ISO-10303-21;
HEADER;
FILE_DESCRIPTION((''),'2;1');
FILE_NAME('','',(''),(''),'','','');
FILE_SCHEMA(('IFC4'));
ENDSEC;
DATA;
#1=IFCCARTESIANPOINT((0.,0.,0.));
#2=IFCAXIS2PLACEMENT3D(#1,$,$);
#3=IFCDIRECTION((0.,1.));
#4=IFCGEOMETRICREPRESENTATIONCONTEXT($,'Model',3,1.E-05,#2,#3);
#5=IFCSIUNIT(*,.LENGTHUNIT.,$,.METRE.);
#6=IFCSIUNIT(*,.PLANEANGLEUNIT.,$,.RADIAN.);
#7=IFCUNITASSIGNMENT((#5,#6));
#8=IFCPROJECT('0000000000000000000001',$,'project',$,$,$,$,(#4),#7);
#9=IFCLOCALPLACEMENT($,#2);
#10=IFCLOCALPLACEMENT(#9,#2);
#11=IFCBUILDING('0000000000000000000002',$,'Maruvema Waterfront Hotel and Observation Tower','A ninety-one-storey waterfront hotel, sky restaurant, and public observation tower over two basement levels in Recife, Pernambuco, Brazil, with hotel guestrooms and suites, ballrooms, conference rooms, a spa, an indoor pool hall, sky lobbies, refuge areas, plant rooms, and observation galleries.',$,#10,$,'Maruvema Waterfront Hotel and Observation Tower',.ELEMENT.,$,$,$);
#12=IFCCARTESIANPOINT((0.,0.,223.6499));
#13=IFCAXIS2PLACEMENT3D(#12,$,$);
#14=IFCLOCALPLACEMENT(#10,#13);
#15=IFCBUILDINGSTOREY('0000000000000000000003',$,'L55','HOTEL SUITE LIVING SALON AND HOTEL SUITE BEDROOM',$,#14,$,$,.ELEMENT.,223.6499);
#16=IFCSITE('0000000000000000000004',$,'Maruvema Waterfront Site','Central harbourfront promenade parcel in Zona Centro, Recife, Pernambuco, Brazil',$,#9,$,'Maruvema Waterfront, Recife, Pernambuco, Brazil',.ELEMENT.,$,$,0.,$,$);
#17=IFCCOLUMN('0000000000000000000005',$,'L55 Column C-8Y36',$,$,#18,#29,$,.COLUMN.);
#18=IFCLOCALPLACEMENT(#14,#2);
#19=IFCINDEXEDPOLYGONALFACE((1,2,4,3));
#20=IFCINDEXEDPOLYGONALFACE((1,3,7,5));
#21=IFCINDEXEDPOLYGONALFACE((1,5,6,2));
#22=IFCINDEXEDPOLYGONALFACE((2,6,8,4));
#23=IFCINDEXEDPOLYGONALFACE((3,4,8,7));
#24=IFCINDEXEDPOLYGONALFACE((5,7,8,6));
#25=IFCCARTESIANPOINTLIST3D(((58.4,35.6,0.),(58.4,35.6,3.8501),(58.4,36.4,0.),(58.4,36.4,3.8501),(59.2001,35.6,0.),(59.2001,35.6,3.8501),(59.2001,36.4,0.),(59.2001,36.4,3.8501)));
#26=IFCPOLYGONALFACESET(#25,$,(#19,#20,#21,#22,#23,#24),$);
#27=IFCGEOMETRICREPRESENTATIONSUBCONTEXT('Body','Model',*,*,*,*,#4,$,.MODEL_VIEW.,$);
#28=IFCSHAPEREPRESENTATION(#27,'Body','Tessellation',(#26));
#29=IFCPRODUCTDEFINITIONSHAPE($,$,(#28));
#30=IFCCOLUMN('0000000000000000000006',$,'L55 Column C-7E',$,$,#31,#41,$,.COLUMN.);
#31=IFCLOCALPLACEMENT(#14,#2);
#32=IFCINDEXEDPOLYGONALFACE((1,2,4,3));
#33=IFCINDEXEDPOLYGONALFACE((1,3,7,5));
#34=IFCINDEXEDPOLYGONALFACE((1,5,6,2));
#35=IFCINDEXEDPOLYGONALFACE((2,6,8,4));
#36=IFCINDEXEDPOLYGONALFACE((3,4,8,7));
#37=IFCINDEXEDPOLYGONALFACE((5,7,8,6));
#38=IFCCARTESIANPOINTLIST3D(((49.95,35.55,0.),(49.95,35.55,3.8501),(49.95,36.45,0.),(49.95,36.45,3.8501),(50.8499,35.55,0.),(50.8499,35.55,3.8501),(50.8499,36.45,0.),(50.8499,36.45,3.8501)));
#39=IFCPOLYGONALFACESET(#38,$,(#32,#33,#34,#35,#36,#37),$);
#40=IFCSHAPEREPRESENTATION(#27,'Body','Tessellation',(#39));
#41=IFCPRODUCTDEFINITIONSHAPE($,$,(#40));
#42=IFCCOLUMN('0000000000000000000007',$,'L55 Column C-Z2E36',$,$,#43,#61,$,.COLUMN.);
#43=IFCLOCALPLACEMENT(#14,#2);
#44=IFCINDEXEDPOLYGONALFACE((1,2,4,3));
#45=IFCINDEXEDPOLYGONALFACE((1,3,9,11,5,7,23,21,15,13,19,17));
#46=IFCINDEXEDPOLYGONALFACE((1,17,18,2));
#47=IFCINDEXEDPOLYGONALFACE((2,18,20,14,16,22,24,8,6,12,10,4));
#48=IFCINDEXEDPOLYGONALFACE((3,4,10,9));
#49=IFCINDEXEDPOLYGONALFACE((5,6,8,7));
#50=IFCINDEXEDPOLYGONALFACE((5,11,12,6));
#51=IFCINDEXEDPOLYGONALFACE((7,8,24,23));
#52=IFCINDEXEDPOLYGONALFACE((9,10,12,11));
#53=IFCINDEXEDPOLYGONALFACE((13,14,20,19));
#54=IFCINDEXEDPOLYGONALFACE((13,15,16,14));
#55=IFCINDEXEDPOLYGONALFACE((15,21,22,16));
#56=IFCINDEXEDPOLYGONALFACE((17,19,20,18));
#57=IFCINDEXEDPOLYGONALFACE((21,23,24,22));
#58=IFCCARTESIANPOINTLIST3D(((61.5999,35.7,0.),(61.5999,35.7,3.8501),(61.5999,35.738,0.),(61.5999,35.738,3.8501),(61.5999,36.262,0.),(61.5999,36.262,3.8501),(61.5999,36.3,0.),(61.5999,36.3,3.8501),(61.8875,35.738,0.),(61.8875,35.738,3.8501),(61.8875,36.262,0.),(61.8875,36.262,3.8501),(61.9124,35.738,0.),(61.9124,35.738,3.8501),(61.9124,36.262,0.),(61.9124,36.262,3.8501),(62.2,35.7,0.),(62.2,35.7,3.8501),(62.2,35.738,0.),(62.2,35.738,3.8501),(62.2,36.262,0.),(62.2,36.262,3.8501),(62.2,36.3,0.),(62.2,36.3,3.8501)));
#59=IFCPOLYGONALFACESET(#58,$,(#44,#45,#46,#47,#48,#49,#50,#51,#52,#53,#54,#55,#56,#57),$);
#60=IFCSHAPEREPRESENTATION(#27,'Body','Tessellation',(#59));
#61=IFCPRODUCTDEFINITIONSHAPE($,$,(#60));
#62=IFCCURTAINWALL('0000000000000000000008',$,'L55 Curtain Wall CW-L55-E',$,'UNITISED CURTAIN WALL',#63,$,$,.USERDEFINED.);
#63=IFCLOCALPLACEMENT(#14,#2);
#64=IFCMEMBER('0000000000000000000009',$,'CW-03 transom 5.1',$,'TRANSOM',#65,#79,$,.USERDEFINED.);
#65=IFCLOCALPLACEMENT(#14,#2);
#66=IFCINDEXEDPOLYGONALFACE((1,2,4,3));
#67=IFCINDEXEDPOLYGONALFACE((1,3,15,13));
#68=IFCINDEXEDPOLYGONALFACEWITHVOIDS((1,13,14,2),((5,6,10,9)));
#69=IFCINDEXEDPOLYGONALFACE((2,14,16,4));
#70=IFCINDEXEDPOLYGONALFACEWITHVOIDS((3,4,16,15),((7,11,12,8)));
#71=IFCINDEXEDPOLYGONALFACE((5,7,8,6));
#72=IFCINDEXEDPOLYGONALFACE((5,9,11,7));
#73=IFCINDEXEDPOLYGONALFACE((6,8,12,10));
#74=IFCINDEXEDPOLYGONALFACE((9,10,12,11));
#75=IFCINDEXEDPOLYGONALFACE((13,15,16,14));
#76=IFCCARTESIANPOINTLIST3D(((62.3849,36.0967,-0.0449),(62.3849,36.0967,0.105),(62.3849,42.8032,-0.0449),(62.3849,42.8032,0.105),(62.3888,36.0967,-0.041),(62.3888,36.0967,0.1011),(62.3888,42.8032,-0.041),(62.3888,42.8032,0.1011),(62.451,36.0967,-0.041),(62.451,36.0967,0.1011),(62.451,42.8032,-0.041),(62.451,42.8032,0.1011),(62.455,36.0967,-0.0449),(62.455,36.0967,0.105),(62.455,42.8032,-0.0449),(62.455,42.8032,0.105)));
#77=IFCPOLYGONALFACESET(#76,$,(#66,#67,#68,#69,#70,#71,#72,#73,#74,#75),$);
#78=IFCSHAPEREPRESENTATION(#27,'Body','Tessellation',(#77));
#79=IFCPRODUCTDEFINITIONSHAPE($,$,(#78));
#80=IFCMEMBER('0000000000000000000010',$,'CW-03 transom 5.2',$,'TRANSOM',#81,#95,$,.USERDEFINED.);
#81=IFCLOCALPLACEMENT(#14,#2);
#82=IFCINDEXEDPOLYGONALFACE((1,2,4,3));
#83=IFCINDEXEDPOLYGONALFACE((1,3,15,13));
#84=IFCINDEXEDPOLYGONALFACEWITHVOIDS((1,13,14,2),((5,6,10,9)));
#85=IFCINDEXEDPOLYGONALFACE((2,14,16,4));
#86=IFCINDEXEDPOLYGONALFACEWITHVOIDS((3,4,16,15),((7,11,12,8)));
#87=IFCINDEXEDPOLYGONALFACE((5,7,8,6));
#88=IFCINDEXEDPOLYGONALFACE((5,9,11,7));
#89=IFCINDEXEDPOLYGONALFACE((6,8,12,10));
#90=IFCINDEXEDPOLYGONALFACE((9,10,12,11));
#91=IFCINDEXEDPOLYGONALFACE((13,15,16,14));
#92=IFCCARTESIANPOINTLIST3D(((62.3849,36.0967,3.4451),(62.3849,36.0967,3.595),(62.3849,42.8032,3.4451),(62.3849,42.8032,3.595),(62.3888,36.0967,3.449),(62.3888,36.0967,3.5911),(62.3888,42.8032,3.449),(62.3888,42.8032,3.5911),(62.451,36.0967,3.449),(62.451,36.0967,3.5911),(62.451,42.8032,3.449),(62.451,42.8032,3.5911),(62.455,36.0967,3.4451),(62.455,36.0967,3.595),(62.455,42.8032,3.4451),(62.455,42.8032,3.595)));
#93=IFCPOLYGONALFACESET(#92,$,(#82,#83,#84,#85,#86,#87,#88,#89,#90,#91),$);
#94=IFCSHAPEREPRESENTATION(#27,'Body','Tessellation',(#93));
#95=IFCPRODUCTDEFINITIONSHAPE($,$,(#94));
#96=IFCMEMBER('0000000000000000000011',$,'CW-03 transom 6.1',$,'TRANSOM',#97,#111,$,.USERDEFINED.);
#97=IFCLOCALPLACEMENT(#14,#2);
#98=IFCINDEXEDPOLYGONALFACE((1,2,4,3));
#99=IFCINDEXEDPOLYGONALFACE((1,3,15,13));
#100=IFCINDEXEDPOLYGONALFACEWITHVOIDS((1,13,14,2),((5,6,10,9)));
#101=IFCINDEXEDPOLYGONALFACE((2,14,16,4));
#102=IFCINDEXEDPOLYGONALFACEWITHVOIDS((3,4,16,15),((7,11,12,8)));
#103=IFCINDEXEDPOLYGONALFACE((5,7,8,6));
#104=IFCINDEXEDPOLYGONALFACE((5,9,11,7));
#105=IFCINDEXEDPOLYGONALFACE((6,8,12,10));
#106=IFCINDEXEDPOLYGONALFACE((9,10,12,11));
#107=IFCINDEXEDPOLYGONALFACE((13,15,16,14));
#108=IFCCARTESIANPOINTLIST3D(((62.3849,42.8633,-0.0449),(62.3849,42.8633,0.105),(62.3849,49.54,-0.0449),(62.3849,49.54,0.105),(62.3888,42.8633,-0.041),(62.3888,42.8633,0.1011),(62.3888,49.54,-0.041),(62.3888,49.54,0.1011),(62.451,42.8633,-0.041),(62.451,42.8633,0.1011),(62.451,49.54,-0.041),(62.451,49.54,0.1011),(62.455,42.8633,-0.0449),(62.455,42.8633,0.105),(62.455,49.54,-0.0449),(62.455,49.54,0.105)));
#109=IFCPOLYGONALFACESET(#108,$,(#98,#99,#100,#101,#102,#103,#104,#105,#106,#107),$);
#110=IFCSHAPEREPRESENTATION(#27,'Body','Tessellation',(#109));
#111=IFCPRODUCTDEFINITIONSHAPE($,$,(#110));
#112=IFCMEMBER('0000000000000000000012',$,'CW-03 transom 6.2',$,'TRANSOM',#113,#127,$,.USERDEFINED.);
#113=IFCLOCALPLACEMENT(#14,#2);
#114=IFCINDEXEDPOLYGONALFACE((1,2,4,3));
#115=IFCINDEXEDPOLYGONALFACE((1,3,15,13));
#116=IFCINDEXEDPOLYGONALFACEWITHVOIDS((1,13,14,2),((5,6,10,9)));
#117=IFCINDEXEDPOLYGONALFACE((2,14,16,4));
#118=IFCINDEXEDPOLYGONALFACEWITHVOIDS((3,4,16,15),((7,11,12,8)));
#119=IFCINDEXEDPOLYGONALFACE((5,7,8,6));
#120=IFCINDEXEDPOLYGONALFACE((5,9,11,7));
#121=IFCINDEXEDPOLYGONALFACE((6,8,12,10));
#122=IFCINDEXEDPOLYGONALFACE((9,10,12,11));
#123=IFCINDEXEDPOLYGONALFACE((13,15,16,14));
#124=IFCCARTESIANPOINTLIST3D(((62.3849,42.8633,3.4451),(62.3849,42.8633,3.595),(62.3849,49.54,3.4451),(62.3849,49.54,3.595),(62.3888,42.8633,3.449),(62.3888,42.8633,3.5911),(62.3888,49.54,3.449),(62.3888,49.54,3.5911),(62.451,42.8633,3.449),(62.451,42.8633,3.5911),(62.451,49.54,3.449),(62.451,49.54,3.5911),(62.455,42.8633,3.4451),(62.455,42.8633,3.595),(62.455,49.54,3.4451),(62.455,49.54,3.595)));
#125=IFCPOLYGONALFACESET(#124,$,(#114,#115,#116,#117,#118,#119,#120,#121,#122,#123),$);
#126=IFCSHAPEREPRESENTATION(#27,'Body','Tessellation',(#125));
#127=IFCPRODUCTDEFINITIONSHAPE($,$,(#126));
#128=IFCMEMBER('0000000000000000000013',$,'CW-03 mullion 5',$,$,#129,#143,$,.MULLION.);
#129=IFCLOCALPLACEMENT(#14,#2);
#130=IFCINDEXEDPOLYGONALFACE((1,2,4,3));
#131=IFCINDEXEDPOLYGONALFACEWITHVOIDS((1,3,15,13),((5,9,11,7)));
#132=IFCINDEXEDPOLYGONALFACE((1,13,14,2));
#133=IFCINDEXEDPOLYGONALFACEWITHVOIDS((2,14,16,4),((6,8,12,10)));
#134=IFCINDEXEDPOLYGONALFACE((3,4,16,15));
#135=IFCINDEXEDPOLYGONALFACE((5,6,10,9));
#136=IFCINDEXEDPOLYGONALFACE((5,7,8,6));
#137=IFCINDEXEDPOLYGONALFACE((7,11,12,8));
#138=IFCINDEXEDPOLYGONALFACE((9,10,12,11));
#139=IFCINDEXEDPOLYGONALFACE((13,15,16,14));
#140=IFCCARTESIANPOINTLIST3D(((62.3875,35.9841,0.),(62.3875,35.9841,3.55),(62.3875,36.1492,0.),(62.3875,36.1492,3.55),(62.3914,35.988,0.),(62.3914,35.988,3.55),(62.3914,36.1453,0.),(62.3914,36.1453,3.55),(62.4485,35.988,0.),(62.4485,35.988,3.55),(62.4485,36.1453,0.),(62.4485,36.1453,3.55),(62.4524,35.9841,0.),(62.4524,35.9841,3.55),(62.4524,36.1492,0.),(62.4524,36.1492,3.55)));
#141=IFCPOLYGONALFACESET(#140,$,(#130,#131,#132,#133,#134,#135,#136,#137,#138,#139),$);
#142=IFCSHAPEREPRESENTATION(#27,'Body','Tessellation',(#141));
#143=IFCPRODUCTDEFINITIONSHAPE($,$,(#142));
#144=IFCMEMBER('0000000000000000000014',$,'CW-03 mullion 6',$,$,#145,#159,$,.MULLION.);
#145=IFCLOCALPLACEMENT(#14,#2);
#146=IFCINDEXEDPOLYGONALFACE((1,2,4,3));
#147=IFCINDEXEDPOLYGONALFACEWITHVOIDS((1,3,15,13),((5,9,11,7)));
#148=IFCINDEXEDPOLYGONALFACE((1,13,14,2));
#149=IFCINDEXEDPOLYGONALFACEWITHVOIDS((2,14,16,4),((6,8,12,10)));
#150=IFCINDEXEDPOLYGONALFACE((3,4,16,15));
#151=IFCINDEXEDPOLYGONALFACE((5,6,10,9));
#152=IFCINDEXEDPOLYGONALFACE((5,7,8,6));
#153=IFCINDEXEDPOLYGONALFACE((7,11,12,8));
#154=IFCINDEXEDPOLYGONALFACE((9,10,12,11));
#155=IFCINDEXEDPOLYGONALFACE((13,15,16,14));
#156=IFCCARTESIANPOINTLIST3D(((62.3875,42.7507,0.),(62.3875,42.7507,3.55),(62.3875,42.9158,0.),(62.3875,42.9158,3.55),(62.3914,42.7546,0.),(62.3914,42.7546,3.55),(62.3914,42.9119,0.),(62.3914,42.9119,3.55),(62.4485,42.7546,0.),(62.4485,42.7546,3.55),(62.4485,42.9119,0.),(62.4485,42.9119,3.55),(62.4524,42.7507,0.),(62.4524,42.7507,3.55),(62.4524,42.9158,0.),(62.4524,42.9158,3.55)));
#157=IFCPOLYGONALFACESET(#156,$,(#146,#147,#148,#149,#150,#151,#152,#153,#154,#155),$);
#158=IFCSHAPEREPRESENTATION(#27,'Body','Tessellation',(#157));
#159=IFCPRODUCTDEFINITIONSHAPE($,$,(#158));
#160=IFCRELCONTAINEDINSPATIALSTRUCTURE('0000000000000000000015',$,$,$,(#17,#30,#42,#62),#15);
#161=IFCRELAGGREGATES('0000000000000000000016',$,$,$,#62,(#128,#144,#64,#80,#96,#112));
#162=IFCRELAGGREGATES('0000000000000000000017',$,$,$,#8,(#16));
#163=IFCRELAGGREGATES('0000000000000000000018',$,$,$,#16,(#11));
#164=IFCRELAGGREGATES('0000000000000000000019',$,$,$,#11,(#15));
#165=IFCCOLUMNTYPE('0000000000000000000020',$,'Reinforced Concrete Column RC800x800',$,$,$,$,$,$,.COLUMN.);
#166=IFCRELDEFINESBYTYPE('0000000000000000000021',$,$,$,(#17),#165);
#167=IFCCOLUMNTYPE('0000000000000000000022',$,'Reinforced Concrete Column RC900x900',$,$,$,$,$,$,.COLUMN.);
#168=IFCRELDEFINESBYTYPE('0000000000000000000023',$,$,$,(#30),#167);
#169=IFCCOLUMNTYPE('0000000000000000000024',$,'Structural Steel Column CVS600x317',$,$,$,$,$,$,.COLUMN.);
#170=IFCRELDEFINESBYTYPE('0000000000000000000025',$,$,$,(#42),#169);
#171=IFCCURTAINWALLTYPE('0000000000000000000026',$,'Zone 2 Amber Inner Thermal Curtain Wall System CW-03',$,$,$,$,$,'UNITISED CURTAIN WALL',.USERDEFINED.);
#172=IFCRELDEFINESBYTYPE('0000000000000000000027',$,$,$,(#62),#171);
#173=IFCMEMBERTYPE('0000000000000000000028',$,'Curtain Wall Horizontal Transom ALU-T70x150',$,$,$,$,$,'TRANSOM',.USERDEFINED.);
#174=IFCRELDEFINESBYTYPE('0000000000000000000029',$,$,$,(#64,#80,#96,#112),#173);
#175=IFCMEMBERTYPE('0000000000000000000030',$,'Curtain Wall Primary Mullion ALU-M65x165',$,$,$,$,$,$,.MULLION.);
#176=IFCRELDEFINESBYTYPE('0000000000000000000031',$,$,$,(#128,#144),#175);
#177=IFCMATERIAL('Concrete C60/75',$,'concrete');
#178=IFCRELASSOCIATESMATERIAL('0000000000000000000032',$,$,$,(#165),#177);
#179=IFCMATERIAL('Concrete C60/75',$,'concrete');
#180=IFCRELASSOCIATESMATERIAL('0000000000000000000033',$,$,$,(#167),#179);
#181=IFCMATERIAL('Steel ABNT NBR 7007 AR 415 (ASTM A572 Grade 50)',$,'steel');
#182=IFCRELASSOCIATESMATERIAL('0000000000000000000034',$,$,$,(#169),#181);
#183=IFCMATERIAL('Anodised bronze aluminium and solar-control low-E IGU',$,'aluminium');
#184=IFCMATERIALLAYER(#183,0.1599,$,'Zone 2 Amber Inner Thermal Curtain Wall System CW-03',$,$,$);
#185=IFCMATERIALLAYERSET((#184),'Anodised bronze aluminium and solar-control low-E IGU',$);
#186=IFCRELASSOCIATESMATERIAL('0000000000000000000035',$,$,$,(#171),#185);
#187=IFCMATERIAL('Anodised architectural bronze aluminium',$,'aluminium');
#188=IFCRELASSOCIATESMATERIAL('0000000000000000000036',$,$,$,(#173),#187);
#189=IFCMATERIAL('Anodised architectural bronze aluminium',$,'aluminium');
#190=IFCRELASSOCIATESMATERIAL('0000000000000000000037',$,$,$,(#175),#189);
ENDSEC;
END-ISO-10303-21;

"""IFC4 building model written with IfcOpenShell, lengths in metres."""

from ifc_helpers import new_model, si_unit, direction, frame, origin, origin_2d, place, context, subcontext, project, spatial, rectangle, hollow_rectangle, i_section, extrude, material, layer, layer_set, material_profile, profile_set, type_object, element, aggregate, save


model = new_model("IFC4")

# Units and contexts
model_context = context("Model", 3, precision=1e-05, world=origin(), true_north=direction((0.0, 1.0)))
body_context = subcontext(model_context, "Body", "Model", "MODEL_VIEW")
ifc_project = project(units=[si_unit("LENGTHUNIT", "METRE"), si_unit("PLANEANGLEUNIT", "RADIAN")], contexts=[model_context])

# Site, building, storey
site_placement = place(None, origin())
site = spatial("IfcSite", under=ifc_project, at=site_placement, Name="Maruvema Waterfront Site", Description="Central harbourfront promenade parcel in Zona Centro, Recife, Pernambuco, Brazil", LongName="Maruvema Waterfront, Recife, Pernambuco, Brazil", CompositionType="ELEMENT", RefElevation=0.0)
building_placement = place(site_placement, origin())
building = spatial("IfcBuilding", under=site, at=building_placement, Name="Maruvema Waterfront Hotel and Observation Tower", Description="A ninety-one-storey waterfront hotel, sky restaurant, and public observation tower over two basement levels in Recife, Pernambuco, Brazil, with hotel guestrooms and suites, ballrooms, conference rooms, a spa, an indoor pool hall, sky lobbies, refuge areas, plant rooms, and observation galleries.", LongName="Maruvema Waterfront Hotel and Observation Tower", CompositionType="ELEMENT")
storey_placement = place(building_placement, frame((0.0, 0.0, 223.6499)))
storey = spatial("IfcBuildingStorey", under=building, at=storey_placement, Name="L55", Description="HOTEL SUITE LIVING SALON AND HOTEL SUITE BEDROOM", CompositionType="ELEMENT", Elevation=223.6499)

# Columns
ifc_material_1 = material(Name="Concrete C60/75", Category="concrete")
ifc_material_profile_1 = material_profile(ifc_material_1, rectangle(XDim=0.8, YDim=0.8, at=origin_2d()), Name="RC800x800")
ifc_profile_set_1 = profile_set([ifc_material_profile_1], Name="Concrete C60/75")
column_type_1 = type_object("IfcColumnType", Name="Reinforced Concrete Column RC800x800", PredefinedType="COLUMN", material=ifc_profile_set_1)
column_1_placement = place(storey_placement, frame((58.8, 36.0, 0.0), z_axis=(0.0, 0.0, 1.0), x_axis=(1.0, 0.0, 0.0)))
element("IfcColumn", 1, at=column_1_placement, inside=storey, type_object=column_type_1, Name="L55 Column C-8Y36", PredefinedType="COLUMN", context=body_context, shape_type="SweptSolid", body=[
    extrude(rectangle(XDim=0.8, YDim=0.8, at=origin_2d()), origin(), (0.0, 0.0, 1.0), 3.8501),
])
ifc_material_2 = material(Name="Concrete C60/75", Category="concrete")
ifc_material_profile_2 = material_profile(ifc_material_2, rectangle(XDim=0.8999, YDim=0.8999, at=origin_2d()), Name="RC900x900")
ifc_profile_set_2 = profile_set([ifc_material_profile_2], Name="Concrete C60/75")
column_type_2 = type_object("IfcColumnType", Name="Reinforced Concrete Column RC900x900", PredefinedType="COLUMN", material=ifc_profile_set_2)
column_2_placement = place(storey_placement, frame((50.3999, 36.0, 0.0), z_axis=(0.0, 0.0, 1.0), x_axis=(1.0, 0.0, 0.0)))
element("IfcColumn", 2, at=column_2_placement, inside=storey, type_object=column_type_2, Name="L55 Column C-7E", PredefinedType="COLUMN", context=body_context, shape_type="SweptSolid", body=[
    extrude(rectangle(XDim=0.8999, YDim=0.8999, at=origin_2d()), origin(), (0.0, 0.0, 1.0), 3.8501),
])
ifc_material_3 = material(Name="Steel ABNT NBR 7007 AR 415 (ASTM A572 Grade 50)", Category="steel")
ifc_material_profile_3 = material_profile(ifc_material_3, i_section(OverallWidth=0.6001, OverallDepth=0.6001, WebThickness=0.0249, FlangeThickness=0.0381, at=origin_2d()), Name="CVS600x317")
ifc_profile_set_3 = profile_set([ifc_material_profile_3], Name="Steel ABNT NBR 7007 AR 415 (ASTM A572 Grade 50)")
column_type_3 = type_object("IfcColumnType", Name="Structural Steel Column CVS600x317", PredefinedType="COLUMN", material=ifc_profile_set_3)
column_3_placement = place(storey_placement, frame((61.8999, 36.0, 0.0), z_axis=(0.0, 0.0, 1.0), x_axis=(1.0, 0.0, 0.0)))
element("IfcColumn", 3, at=column_3_placement, inside=storey, type_object=column_type_3, Name="L55 Column C-Z2E36", PredefinedType="COLUMN", context=body_context, shape_type="SweptSolid", body=[
    extrude(i_section(OverallWidth=0.6001, OverallDepth=0.6001, WebThickness=0.0249, FlangeThickness=0.0381, at=origin_2d()), origin(), (0.0, 0.0, 1.0), 3.8501),
])

# Curtain wall, members
ifc_material_4 = material(Name="Anodised bronze aluminium and solar-control low-E IGU", Category="aluminium")
ifc_layer_1 = layer(ifc_material_4, 0.1599, Name="Zone 2 Amber Inner Thermal Curtain Wall System CW-03")
ifc_layer_set_1 = layer_set([ifc_layer_1], Name="Anodised bronze aluminium and solar-control low-E IGU")
curtain_wall_type = type_object("IfcCurtainWallType", Name="Zone 2 Amber Inner Thermal Curtain Wall System CW-03", ElementType="UNITISED CURTAIN WALL", PredefinedType="USERDEFINED", material=ifc_layer_set_1)
curtain_wall_placement = place(storey_placement, origin())
curtain_wall = element("IfcCurtainWall", 4, at=curtain_wall_placement, inside=storey, type_object=curtain_wall_type, Name="L55 Curtain Wall CW-L55-E", ObjectType="UNITISED CURTAIN WALL", PredefinedType="USERDEFINED")
ifc_material_5 = material(Name="Anodised architectural bronze aluminium", Category="aluminium")
ifc_material_profile_4 = material_profile(ifc_material_5, hollow_rectangle(XDim=0.0701, YDim=0.1499, WallThickness=0.0039, at=origin_2d()), Name="ALU-T70x150")
ifc_profile_set_4 = profile_set([ifc_material_profile_4], Name="Anodised architectural bronze aluminium")
member_type_1 = type_object("IfcMemberType", Name="Curtain Wall Horizontal Transom ALU-T70x150", ElementType="TRANSOM", PredefinedType="USERDEFINED", material=ifc_profile_set_4)
member_1_placement = place(storey_placement, frame((62.4199, 36.0967, 0.03), z_axis=(0.0, 1.0, 0.0), x_axis=(-1.0, 0.0, 0.0)))
member_1 = element("IfcMember", 5, at=member_1_placement, type_object=member_type_1, Name="CW-03 transom 5.1", ObjectType="TRANSOM", PredefinedType="USERDEFINED", context=body_context, shape_type="SweptSolid", body=[
    extrude(hollow_rectangle(XDim=0.0701, YDim=0.1499, WallThickness=0.0039, at=origin_2d()), origin(), (0.0, 0.0, 1.0), 6.7065),
])
member_2_placement = place(storey_placement, frame((62.4199, 36.0967, 3.52), z_axis=(0.0, 1.0, 0.0), x_axis=(-1.0, 0.0, 0.0)))
member_2 = element("IfcMember", 6, at=member_2_placement, type_object=member_type_1, Name="CW-03 transom 5.2", ObjectType="TRANSOM", PredefinedType="USERDEFINED", context=body_context, shape_type="SweptSolid", body=[
    extrude(hollow_rectangle(XDim=0.0701, YDim=0.1499, WallThickness=0.0039, at=origin_2d()), origin(), (0.0, 0.0, 1.0), 6.7065),
])
member_3_placement = place(storey_placement, frame((62.4199, 42.8633, 0.03), z_axis=(0.0, 1.0, 0.0), x_axis=(-1.0, 0.0, 0.0)))
member_3 = element("IfcMember", 7, at=member_3_placement, type_object=member_type_1, Name="CW-03 transom 6.1", ObjectType="TRANSOM", PredefinedType="USERDEFINED", context=body_context, shape_type="SweptSolid", body=[
    extrude(hollow_rectangle(XDim=0.0701, YDim=0.1499, WallThickness=0.0039, at=origin_2d()), origin(), (0.0, 0.0, 1.0), 6.6768),
])
member_4_placement = place(storey_placement, frame((62.4199, 42.8633, 3.52), z_axis=(0.0, 1.0, 0.0), x_axis=(-1.0, 0.0, 0.0)))
member_4 = element("IfcMember", 8, at=member_4_placement, type_object=member_type_1, Name="CW-03 transom 6.2", ObjectType="TRANSOM", PredefinedType="USERDEFINED", context=body_context, shape_type="SweptSolid", body=[
    extrude(hollow_rectangle(XDim=0.0701, YDim=0.1499, WallThickness=0.0039, at=origin_2d()), origin(), (0.0, 0.0, 1.0), 6.6768),
])
ifc_material_6 = material(Name="Anodised architectural bronze aluminium", Category="aluminium")
ifc_material_profile_5 = material_profile(ifc_material_6, hollow_rectangle(XDim=0.0649, YDim=0.165, WallThickness=0.0039, at=origin_2d()), Name="ALU-M65x165")
ifc_profile_set_5 = profile_set([ifc_material_profile_5], Name="Anodised architectural bronze aluminium")
member_type_2 = type_object("IfcMemberType", Name="Curtain Wall Primary Mullion ALU-M65x165", PredefinedType="MULLION", material=ifc_profile_set_5)
member_5_placement = place(storey_placement, frame((62.4199, 36.0667, 0.0), z_axis=(0.0, 0.0, 1.0), x_axis=(-1.0, 0.0, 0.0)))
member_5 = element("IfcMember", 9, at=member_5_placement, type_object=member_type_2, Name="CW-03 mullion 5", PredefinedType="MULLION", context=body_context, shape_type="SweptSolid", body=[
    extrude(hollow_rectangle(XDim=0.0649, YDim=0.165, WallThickness=0.0039, at=origin_2d()), origin(), (0.0, 0.0, 1.0), 3.55),
])
member_6_placement = place(storey_placement, frame((62.4199, 42.8333, 0.0), z_axis=(0.0, 0.0, 1.0), x_axis=(-1.0, 0.0, 0.0)))
member_6 = element("IfcMember", 10, at=member_6_placement, type_object=member_type_2, Name="CW-03 mullion 6", PredefinedType="MULLION", context=body_context, shape_type="SweptSolid", body=[
    extrude(hollow_rectangle(XDim=0.0649, YDim=0.165, WallThickness=0.0039, at=origin_2d()), origin(), (0.0, 0.0, 1.0), 3.55),
])

aggregate(curtain_wall, [member_5, member_6, member_1, member_2, member_3, member_4])

save(model, "model.ifc")
